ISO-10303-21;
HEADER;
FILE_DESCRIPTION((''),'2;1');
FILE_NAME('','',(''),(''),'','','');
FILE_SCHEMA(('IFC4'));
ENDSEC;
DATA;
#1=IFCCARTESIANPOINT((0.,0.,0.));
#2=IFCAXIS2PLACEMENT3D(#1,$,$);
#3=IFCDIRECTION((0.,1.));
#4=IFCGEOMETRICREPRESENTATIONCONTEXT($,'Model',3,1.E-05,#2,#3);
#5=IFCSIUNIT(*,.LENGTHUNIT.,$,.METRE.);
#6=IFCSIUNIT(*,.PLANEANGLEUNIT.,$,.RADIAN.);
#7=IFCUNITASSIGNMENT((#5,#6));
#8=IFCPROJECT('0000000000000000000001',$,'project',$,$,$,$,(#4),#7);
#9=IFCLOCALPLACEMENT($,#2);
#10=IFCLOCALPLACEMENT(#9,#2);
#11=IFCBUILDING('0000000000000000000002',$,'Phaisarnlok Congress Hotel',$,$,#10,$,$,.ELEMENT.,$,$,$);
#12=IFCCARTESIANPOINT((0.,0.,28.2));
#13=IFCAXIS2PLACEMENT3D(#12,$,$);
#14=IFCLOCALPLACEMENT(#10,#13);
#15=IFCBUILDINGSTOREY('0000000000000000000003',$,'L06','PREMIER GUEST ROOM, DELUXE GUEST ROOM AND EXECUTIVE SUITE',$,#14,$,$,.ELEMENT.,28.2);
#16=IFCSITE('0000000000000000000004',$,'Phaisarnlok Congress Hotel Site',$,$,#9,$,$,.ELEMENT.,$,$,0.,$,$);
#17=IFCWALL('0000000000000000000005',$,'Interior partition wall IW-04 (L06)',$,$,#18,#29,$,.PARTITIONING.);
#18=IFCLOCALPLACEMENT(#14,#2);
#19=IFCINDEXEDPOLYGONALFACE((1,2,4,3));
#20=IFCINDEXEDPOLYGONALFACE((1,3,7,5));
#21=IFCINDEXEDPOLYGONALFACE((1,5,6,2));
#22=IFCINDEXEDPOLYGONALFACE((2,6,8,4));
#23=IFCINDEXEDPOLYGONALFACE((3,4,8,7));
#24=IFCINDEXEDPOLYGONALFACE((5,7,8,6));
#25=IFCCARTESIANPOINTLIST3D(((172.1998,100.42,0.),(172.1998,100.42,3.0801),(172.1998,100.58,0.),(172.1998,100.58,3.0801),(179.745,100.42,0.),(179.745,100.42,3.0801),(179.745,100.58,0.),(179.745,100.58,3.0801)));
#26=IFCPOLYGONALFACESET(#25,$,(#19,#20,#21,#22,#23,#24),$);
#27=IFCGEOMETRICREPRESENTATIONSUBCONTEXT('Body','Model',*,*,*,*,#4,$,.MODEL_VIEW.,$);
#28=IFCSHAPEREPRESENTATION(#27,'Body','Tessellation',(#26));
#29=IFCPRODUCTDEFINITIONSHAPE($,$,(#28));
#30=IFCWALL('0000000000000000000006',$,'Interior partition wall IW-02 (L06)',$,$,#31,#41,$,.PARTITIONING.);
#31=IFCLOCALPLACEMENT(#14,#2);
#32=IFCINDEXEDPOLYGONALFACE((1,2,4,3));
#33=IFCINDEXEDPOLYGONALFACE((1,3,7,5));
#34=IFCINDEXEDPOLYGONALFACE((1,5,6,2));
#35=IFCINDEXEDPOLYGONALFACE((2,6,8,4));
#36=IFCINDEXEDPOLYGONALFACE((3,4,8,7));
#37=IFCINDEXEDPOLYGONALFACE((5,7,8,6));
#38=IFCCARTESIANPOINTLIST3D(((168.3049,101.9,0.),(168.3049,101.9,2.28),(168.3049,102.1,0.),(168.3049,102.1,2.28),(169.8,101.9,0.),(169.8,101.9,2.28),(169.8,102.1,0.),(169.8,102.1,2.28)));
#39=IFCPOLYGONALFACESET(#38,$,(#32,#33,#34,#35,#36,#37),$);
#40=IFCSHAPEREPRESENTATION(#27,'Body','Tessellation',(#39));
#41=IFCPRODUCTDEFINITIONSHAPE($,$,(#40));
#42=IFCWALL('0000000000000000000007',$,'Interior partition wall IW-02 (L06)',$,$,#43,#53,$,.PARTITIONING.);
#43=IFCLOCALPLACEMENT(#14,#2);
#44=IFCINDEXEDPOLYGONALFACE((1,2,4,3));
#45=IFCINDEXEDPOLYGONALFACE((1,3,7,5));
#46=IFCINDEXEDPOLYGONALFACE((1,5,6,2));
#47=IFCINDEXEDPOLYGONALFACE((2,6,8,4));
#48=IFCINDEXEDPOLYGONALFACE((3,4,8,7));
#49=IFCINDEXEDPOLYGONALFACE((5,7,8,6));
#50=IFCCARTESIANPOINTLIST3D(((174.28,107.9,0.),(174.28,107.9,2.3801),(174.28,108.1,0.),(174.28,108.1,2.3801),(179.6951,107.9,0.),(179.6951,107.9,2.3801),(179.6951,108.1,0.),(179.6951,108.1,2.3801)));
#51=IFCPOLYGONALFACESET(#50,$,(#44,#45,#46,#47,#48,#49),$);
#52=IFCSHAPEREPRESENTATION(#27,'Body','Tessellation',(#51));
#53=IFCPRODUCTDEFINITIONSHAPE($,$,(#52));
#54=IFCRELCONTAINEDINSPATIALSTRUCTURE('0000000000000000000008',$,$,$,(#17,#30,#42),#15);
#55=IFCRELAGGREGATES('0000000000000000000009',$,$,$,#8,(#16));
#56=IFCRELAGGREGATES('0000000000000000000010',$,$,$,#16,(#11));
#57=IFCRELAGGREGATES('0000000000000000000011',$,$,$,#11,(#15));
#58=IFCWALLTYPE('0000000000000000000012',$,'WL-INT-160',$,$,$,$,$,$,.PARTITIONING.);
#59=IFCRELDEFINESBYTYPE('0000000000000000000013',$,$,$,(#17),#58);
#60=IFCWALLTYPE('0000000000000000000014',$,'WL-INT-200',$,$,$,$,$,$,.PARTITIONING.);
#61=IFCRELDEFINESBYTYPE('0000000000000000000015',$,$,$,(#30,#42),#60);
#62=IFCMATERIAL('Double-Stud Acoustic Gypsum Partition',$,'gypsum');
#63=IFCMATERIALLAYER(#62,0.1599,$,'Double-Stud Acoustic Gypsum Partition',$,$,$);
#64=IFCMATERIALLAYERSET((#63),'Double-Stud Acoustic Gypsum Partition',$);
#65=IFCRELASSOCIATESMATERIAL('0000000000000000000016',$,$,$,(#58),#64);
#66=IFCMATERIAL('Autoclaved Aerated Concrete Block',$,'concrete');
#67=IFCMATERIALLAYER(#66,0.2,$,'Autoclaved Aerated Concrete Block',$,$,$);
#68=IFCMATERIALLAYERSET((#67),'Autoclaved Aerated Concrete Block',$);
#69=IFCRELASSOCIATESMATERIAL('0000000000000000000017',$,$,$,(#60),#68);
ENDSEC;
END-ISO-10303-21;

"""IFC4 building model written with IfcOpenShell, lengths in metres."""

from ifc_helpers import new_model, si_unit, direction, frame, frame_2d, origin, place, context, subcontext, project, spatial, rectangle, extrude, material, layer, layer_set, type_object, element, save


model = new_model("IFC4")

# Units and contexts
model_context = context("Model", 3, precision=1e-05, world=origin(), true_north=direction((0.0, 1.0)))
body_context = subcontext(model_context, "Body", "Model", "MODEL_VIEW")
ifc_project = project(units=[si_unit("LENGTHUNIT", "METRE"), si_unit("PLANEANGLEUNIT", "RADIAN")], contexts=[model_context])

# Site, building, storey
site_placement = place(None, origin())
site = spatial("IfcSite", under=ifc_project, at=site_placement, Name="Phaisarnlok Congress Hotel Site", CompositionType="ELEMENT", RefElevation=0.0)
building_placement = place(site_placement, origin())
building = spatial("IfcBuilding", under=site, at=building_placement, Name="Phaisarnlok Congress Hotel", CompositionType="ELEMENT")
storey_placement = place(building_placement, frame((0.0, 0.0, 28.2)))
storey = spatial("IfcBuildingStorey", under=building, at=storey_placement, Name="L06", Description="PREMIER GUEST ROOM, DELUXE GUEST ROOM AND EXECUTIVE SUITE", CompositionType="ELEMENT", Elevation=28.2)

# Walls
ifc_material_1 = material(Name="Double-Stud Acoustic Gypsum Partition", Category="gypsum")
ifc_layer_1 = layer(ifc_material_1, 0.1599, Name="Double-Stud Acoustic Gypsum Partition")
ifc_layer_set_1 = layer_set([ifc_layer_1], Name="Double-Stud Acoustic Gypsum Partition")
wall_type_1 = type_object("IfcWallType", Name="WL-INT-160", PredefinedType="PARTITIONING", material=ifc_layer_set_1)
wall_1_placement = place(storey_placement, frame((172.2, 100.5, 0.0), z_axis=(0.0, 0.0, 1.0), x_axis=(1.0, 0.0, 0.0)))
element("IfcWall", 1, at=wall_1_placement, inside=storey, type_object=wall_type_1, Name="Interior partition wall IW-04 (L06)", PredefinedType="PARTITIONING", context=body_context, shape_type="SweptSolid", body=[
    extrude(rectangle(XDim=7.5452, YDim=0.1599, at=frame_2d((3.7725, 0.0))), origin(), (0.0, 0.0, 1.0), 3.0801),
])
ifc_material_2 = material(Name="Autoclaved Aerated Concrete Block", Category="concrete")
ifc_layer_2 = layer(ifc_material_2, 0.2, Name="Autoclaved Aerated Concrete Block")
ifc_layer_set_2 = layer_set([ifc_layer_2], Name="Autoclaved Aerated Concrete Block")
wall_type_2 = type_object("IfcWallType", Name="WL-INT-200", PredefinedType="PARTITIONING", material=ifc_layer_set_2)
wall_2_placement = place(storey_placement, frame((168.3049, 102.0, 0.0), z_axis=(0.0, 0.0, 1.0), x_axis=(1.0, 0.0, 0.0)))
element("IfcWall", 2, at=wall_2_placement, inside=storey, type_object=wall_type_2, Name="Interior partition wall IW-02 (L06)", PredefinedType="PARTITIONING", context=body_context, shape_type="SweptSolid", body=[
    extrude(rectangle(XDim=1.4951, YDim=0.2, at=frame_2d((0.7476, 0.0))), origin(), (0.0, 0.0, 1.0), 2.28),
])
wall_3_placement = place(storey_placement, frame((174.28, 108.0, 0.0), z_axis=(0.0, 0.0, 1.0), x_axis=(1.0, 0.0, 0.0)))
element("IfcWall", 3, at=wall_3_placement, inside=storey, type_object=wall_type_2, Name="Interior partition wall IW-02 (L06)", PredefinedType="PARTITIONING", context=body_context, shape_type="SweptSolid", body=[
    extrude(rectangle(XDim=5.415, YDim=0.2, at=frame_2d((2.7075, 0.0))), origin(), (0.0, 0.0, 1.0), 2.3801),
])

save(model, "model.ifc")
